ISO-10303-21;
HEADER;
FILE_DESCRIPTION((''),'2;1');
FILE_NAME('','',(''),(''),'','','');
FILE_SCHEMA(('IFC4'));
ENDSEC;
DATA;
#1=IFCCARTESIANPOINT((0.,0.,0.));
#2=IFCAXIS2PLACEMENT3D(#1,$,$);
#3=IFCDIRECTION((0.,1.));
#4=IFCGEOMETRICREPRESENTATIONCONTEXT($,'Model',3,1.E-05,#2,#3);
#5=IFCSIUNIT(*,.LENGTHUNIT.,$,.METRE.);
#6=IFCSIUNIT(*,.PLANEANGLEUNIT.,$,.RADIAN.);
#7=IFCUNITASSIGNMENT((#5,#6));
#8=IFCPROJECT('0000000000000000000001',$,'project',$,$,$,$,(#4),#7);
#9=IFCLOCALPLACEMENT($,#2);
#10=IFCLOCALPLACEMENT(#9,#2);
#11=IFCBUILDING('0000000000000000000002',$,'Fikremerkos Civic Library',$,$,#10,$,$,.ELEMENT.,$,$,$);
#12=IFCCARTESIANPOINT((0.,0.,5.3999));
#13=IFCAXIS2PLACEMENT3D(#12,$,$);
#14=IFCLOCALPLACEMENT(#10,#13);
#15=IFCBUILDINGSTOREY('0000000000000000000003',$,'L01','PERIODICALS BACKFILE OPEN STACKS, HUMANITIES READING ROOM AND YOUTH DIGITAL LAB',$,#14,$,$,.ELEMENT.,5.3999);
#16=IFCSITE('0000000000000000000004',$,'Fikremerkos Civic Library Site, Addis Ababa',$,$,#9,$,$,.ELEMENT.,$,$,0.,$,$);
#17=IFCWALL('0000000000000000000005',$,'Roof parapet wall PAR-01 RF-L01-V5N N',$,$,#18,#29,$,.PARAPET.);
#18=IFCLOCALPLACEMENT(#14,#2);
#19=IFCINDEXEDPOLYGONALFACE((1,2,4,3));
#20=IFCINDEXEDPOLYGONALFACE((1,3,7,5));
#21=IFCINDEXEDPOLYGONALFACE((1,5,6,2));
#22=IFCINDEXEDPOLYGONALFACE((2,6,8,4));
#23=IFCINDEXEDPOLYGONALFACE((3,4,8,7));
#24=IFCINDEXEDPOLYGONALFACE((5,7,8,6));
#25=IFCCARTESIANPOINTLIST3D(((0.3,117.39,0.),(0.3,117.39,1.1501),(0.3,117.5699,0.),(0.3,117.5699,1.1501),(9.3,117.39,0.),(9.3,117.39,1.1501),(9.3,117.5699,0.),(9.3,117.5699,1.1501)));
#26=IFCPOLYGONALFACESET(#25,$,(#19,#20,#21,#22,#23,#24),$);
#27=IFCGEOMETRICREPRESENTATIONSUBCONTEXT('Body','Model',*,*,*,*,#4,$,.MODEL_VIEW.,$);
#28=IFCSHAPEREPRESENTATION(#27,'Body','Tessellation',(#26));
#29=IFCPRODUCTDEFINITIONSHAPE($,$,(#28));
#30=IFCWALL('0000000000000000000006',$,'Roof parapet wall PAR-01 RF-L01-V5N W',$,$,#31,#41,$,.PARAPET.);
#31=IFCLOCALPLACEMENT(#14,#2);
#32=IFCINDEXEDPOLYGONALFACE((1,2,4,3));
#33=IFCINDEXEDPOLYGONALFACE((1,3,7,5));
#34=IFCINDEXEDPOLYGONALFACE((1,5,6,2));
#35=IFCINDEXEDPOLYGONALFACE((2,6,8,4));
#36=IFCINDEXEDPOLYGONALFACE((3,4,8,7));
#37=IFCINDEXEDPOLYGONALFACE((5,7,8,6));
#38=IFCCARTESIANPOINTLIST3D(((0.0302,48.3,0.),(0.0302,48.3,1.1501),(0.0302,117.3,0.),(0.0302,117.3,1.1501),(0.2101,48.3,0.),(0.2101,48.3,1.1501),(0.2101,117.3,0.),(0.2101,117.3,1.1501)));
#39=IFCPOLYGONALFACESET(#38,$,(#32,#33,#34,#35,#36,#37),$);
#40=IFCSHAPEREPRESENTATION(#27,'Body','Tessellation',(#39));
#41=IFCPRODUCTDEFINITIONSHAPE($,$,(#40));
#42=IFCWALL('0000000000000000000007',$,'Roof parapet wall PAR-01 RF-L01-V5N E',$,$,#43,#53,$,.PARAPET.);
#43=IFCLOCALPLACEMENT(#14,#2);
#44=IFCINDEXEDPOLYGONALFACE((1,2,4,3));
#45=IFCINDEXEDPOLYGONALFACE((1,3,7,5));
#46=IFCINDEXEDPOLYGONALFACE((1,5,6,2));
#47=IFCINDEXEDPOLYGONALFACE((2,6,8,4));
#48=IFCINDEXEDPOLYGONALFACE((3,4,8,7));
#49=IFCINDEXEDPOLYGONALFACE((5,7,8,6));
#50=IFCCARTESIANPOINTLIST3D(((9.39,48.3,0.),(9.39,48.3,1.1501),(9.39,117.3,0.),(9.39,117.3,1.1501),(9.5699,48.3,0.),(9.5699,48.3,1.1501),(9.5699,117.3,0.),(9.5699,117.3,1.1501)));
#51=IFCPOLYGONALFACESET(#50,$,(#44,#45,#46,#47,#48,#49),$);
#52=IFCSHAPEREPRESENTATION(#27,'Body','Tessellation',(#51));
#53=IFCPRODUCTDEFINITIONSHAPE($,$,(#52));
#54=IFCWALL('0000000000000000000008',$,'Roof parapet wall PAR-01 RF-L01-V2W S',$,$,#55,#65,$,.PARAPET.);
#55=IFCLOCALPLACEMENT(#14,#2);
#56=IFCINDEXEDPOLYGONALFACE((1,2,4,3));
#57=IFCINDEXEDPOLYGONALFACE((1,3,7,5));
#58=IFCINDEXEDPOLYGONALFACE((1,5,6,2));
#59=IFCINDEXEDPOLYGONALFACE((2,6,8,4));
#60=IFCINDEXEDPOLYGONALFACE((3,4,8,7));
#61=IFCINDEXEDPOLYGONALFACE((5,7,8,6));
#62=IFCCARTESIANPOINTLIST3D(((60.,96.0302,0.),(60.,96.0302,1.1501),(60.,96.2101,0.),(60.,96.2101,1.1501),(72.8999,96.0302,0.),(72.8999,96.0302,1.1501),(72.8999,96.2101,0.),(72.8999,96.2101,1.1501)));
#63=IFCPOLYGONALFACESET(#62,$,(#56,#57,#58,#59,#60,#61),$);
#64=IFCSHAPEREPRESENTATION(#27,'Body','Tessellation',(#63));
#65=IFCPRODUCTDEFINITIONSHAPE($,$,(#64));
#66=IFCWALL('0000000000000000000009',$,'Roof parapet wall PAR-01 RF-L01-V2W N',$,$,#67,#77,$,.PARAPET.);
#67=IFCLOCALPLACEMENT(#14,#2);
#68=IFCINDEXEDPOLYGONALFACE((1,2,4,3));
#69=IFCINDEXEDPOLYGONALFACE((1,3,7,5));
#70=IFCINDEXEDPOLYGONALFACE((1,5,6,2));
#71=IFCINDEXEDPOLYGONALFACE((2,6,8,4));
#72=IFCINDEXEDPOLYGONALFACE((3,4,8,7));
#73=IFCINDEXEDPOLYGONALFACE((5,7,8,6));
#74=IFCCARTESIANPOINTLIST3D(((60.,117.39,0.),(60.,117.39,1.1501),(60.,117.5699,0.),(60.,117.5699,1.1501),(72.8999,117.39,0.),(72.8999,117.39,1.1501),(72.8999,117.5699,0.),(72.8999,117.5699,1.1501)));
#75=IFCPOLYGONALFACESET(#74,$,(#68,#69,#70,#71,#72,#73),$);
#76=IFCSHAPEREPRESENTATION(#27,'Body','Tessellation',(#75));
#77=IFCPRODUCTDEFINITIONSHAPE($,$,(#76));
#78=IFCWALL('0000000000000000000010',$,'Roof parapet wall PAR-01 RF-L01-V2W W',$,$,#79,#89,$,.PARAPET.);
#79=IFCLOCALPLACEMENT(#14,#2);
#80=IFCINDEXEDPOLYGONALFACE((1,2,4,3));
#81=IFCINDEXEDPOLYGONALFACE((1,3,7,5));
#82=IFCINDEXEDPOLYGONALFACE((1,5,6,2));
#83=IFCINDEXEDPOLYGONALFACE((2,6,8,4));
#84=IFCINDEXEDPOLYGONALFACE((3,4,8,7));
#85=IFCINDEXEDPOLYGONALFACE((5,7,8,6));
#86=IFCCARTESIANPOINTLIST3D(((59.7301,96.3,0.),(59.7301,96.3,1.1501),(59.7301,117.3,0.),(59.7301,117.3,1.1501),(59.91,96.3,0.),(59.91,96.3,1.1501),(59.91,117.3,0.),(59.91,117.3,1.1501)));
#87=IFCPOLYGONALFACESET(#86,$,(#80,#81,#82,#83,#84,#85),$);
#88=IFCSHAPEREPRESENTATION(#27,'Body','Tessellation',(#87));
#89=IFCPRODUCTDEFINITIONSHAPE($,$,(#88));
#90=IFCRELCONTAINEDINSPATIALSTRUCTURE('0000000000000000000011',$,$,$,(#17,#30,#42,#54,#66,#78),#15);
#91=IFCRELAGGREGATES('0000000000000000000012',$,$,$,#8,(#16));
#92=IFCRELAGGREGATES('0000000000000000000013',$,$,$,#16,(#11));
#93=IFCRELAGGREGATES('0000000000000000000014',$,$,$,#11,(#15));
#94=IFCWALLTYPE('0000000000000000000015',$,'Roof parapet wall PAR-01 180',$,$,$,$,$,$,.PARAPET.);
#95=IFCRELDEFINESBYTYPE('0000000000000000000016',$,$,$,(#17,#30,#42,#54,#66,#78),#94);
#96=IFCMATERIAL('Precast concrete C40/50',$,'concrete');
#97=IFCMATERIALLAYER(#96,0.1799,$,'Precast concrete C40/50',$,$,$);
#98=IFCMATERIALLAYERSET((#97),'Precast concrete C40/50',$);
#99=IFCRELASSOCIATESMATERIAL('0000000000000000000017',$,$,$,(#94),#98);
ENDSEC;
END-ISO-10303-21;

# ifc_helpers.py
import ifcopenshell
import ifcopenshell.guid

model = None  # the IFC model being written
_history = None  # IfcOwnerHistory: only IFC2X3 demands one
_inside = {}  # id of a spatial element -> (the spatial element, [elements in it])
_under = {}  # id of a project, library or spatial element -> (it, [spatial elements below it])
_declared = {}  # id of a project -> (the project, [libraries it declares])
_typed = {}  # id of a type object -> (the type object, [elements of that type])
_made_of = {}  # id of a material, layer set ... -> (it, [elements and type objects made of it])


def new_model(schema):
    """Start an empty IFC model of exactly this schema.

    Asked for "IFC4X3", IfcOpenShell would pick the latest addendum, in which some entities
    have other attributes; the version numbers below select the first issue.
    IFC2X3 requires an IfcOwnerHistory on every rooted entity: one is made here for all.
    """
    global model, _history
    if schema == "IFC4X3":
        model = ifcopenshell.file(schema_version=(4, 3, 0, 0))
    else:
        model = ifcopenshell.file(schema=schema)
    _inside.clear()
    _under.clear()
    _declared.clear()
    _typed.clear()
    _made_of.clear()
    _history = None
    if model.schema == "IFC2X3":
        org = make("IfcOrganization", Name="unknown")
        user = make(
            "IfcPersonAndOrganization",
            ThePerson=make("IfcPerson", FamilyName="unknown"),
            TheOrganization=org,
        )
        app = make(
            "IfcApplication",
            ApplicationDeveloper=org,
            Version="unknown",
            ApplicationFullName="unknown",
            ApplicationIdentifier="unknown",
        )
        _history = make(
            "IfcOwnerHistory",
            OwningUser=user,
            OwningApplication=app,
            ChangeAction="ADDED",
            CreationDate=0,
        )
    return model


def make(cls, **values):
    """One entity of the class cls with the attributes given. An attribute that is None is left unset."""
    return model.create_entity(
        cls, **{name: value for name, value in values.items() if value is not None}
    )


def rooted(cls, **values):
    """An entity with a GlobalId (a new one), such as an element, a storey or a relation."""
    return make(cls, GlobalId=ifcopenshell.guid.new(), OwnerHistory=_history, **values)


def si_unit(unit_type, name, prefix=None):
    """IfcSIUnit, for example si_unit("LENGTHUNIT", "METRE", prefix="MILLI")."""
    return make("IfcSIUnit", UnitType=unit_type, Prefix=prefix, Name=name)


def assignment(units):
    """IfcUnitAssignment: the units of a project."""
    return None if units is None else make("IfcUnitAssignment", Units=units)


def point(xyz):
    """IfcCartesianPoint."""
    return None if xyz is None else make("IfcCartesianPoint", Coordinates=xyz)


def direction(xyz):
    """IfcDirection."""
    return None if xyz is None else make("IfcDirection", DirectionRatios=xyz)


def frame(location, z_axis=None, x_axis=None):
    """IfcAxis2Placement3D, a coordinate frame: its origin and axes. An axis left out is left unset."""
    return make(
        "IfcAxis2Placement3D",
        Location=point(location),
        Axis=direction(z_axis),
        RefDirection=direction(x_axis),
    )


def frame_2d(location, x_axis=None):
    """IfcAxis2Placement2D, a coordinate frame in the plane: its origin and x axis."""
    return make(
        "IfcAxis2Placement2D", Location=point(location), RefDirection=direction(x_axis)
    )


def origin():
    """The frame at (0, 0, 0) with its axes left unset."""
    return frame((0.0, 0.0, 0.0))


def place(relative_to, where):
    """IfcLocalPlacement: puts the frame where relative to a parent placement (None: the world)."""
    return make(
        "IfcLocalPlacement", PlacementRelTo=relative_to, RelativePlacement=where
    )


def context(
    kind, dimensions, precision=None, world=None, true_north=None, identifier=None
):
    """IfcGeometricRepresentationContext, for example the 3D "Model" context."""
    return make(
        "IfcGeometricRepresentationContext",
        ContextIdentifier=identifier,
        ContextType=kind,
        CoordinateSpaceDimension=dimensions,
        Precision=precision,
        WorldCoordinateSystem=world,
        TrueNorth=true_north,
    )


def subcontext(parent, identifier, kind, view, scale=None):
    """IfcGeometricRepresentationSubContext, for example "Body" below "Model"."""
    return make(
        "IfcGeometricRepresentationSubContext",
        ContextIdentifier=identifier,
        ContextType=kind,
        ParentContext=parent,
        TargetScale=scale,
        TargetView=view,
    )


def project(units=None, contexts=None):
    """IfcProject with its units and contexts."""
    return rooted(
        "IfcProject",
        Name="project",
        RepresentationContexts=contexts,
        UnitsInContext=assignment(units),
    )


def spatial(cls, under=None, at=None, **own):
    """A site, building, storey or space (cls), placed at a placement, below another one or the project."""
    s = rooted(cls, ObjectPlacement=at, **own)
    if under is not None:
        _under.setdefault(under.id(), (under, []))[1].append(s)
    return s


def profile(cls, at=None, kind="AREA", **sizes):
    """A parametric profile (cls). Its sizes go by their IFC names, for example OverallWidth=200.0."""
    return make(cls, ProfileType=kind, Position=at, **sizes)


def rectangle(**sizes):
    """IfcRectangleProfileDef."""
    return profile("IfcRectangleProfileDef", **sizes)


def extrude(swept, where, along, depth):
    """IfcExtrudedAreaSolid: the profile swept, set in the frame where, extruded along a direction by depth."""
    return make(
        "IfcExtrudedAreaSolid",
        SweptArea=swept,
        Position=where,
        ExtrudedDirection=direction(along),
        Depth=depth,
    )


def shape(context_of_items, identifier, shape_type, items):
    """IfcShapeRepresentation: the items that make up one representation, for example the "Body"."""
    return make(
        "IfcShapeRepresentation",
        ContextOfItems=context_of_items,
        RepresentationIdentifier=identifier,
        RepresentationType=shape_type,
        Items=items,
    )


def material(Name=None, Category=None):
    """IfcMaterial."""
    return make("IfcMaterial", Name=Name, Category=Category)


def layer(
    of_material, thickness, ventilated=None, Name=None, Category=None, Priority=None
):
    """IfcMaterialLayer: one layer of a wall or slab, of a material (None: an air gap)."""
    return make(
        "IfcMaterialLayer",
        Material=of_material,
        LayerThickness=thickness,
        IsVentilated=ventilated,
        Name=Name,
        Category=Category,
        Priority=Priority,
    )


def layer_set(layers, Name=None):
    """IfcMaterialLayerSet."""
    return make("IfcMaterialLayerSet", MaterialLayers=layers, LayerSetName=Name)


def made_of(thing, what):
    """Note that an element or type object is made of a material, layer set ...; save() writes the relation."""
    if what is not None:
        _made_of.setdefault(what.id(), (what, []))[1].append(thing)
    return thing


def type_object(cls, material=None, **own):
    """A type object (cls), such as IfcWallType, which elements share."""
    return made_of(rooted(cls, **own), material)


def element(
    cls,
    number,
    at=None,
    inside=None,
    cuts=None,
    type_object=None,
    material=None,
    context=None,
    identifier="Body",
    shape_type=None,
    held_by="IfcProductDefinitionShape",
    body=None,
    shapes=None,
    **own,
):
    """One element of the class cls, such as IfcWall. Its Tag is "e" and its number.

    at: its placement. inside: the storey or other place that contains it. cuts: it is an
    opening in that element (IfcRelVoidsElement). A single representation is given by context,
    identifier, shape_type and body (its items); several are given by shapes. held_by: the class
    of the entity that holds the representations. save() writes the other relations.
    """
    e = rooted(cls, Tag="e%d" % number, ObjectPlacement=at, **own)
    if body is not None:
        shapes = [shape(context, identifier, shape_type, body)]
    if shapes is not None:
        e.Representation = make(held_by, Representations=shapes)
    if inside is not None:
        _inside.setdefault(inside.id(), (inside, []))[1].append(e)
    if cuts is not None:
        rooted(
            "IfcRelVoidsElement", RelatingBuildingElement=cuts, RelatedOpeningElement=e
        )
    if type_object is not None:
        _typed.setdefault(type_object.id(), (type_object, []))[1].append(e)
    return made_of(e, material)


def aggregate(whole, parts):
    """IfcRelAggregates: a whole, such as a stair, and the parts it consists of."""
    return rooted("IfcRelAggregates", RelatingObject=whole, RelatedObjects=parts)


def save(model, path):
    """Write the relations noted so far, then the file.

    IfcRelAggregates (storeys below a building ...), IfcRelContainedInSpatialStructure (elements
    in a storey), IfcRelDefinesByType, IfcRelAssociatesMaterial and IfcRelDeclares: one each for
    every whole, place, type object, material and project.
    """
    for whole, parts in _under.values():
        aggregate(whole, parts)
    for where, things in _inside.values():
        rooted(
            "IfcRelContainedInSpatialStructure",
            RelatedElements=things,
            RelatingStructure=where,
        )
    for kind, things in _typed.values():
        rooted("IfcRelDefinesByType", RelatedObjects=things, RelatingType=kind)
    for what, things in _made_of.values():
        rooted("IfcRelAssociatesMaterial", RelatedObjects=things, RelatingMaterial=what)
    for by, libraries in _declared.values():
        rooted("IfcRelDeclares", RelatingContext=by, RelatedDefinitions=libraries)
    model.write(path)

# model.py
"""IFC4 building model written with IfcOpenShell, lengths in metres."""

from ifc_helpers import new_model, si_unit, direction, frame, frame_2d, origin, place, context, subcontext, project, spatial, rectangle, extrude, material, layer, layer_set, type_object, element, save


model = new_model("IFC4")

# Units and contexts
model_context = context("Model", 3, precision=1e-05, world=origin(), true_north=direction((0.0, 1.0)))
body_context = subcontext(model_context, "Body", "Model", "MODEL_VIEW")
ifc_project = project(units=[si_unit("LENGTHUNIT", "METRE"), si_unit("PLANEANGLEUNIT", "RADIAN")], contexts=[model_context])

# Site, building, storey
site_placement = place(None, origin())
site = spatial("IfcSite", under=ifc_project, at=site_placement, Name="Fikremerkos Civic Library Site, Addis Ababa", CompositionType="ELEMENT", RefElevation=0.0)
building_placement = place(site_placement, origin())
building = spatial("IfcBuilding", under=site, at=building_placement, Name="Fikremerkos Civic Library", CompositionType="ELEMENT")
storey_placement = place(building_placement, frame((0.0, 0.0, 5.3999)))
storey = spatial("IfcBuildingStorey", under=building, at=storey_placement, Name="L01", Description="PERIODICALS BACKFILE OPEN STACKS, HUMANITIES READING ROOM AND YOUTH DIGITAL LAB", CompositionType="ELEMENT", Elevation=5.3999)

# Walls
ifc_material_1 = material(Name="Precast concrete C40/50", Category="concrete")
ifc_layer_1 = layer(ifc_material_1, 0.1799, Name="Precast concrete C40/50")
ifc_layer_set_1 = layer_set([ifc_layer_1], Name="Precast concrete C40/50")
wall_type_1 = type_object("IfcWallType", Name="Roof parapet wall PAR-01 180", PredefinedType="PARAPET", material=ifc_layer_set_1)
wall_1_placement = place(storey_placement, frame((0.3, 117.48, 0.0), z_axis=(0.0, 0.0, 1.0), x_axis=(1.0, 0.0, 0.0)))
element("IfcWall", 1, at=wall_1_placement, inside=storey, type_object=wall_type_1, Name="Roof parapet wall PAR-01 RF-L01-V5N N", PredefinedType="PARAPET", context=body_context, shape_type="SweptSolid", body=[
    extrude(rectangle(XDim=9.0, YDim=0.1799, at=frame_2d((4.5, 0.0))), origin(), (0.0, 0.0, 1.0), 1.1501),
])
for number, where, z_axis, x_axis, name in (
    (2, (0.1201, 48.3, 0.0), (0.0, 0.0, 1.0), (0.0, 1.0, 0.0), "Roof parapet wall PAR-01 RF-L01-V5N W"),
    (3, (9.48, 48.3, 0.0), (0.0, 0.0, 1.0), (0.0, 1.0, 0.0), "Roof parapet wall PAR-01 RF-L01-V5N E"),
):
    element("IfcWall", number, at=place(storey_placement, frame(where, z_axis=z_axis, x_axis=x_axis)), inside=storey, type_object=wall_type_1, Name=name, PredefinedType="PARAPET", context=body_context, shape_type="SweptSolid", body=[
        extrude(rectangle(XDim=69.0, YDim=0.1799, at=frame_2d((34.5, 0.0))), origin(), (0.0, 0.0, 1.0), 1.1501),
    ])
for number, where, z_axis, x_axis, name in (
    (4, (60.0, 96.1201, 0.0), (0.0, 0.0, 1.0), (1.0, 0.0, 0.0), "Roof parapet wall PAR-01 RF-L01-V2W S"),
    (5, (60.0, 117.48, 0.0), (0.0, 0.0, 1.0), (1.0, 0.0, 0.0), "Roof parapet wall PAR-01 RF-L01-V2W N"),
):
    element("IfcWall", number, at=place(storey_placement, frame(where, z_axis=z_axis, x_axis=x_axis)), inside=storey, type_object=wall_type_1, Name=name, PredefinedType="PARAPET", context=body_context, shape_type="SweptSolid", body=[
        extrude(rectangle(XDim=12.8999, YDim=0.1799, at=frame_2d((6.45, 0.0))), origin(), (0.0, 0.0, 1.0), 1.1501),
    ])
wall_2_placement = place(storey_placement, frame((59.8201, 96.3, 0.0), z_axis=(0.0, 0.0, 1.0), x_axis=(0.0, 1.0, 0.0)))
element("IfcWall", 6, at=wall_2_placement, inside=storey, type_object=wall_type_1, Name="Roof parapet wall PAR-01 RF-L01-V2W W", PredefinedType="PARAPET", context=body_context, shape_type="SweptSolid", body=[
    extrude(rectangle(XDim=21.0, YDim=0.1799, at=frame_2d((10.5, 0.0))), origin(), (0.0, 0.0, 1.0), 1.1501),
])

save(model, "model.ifc")
